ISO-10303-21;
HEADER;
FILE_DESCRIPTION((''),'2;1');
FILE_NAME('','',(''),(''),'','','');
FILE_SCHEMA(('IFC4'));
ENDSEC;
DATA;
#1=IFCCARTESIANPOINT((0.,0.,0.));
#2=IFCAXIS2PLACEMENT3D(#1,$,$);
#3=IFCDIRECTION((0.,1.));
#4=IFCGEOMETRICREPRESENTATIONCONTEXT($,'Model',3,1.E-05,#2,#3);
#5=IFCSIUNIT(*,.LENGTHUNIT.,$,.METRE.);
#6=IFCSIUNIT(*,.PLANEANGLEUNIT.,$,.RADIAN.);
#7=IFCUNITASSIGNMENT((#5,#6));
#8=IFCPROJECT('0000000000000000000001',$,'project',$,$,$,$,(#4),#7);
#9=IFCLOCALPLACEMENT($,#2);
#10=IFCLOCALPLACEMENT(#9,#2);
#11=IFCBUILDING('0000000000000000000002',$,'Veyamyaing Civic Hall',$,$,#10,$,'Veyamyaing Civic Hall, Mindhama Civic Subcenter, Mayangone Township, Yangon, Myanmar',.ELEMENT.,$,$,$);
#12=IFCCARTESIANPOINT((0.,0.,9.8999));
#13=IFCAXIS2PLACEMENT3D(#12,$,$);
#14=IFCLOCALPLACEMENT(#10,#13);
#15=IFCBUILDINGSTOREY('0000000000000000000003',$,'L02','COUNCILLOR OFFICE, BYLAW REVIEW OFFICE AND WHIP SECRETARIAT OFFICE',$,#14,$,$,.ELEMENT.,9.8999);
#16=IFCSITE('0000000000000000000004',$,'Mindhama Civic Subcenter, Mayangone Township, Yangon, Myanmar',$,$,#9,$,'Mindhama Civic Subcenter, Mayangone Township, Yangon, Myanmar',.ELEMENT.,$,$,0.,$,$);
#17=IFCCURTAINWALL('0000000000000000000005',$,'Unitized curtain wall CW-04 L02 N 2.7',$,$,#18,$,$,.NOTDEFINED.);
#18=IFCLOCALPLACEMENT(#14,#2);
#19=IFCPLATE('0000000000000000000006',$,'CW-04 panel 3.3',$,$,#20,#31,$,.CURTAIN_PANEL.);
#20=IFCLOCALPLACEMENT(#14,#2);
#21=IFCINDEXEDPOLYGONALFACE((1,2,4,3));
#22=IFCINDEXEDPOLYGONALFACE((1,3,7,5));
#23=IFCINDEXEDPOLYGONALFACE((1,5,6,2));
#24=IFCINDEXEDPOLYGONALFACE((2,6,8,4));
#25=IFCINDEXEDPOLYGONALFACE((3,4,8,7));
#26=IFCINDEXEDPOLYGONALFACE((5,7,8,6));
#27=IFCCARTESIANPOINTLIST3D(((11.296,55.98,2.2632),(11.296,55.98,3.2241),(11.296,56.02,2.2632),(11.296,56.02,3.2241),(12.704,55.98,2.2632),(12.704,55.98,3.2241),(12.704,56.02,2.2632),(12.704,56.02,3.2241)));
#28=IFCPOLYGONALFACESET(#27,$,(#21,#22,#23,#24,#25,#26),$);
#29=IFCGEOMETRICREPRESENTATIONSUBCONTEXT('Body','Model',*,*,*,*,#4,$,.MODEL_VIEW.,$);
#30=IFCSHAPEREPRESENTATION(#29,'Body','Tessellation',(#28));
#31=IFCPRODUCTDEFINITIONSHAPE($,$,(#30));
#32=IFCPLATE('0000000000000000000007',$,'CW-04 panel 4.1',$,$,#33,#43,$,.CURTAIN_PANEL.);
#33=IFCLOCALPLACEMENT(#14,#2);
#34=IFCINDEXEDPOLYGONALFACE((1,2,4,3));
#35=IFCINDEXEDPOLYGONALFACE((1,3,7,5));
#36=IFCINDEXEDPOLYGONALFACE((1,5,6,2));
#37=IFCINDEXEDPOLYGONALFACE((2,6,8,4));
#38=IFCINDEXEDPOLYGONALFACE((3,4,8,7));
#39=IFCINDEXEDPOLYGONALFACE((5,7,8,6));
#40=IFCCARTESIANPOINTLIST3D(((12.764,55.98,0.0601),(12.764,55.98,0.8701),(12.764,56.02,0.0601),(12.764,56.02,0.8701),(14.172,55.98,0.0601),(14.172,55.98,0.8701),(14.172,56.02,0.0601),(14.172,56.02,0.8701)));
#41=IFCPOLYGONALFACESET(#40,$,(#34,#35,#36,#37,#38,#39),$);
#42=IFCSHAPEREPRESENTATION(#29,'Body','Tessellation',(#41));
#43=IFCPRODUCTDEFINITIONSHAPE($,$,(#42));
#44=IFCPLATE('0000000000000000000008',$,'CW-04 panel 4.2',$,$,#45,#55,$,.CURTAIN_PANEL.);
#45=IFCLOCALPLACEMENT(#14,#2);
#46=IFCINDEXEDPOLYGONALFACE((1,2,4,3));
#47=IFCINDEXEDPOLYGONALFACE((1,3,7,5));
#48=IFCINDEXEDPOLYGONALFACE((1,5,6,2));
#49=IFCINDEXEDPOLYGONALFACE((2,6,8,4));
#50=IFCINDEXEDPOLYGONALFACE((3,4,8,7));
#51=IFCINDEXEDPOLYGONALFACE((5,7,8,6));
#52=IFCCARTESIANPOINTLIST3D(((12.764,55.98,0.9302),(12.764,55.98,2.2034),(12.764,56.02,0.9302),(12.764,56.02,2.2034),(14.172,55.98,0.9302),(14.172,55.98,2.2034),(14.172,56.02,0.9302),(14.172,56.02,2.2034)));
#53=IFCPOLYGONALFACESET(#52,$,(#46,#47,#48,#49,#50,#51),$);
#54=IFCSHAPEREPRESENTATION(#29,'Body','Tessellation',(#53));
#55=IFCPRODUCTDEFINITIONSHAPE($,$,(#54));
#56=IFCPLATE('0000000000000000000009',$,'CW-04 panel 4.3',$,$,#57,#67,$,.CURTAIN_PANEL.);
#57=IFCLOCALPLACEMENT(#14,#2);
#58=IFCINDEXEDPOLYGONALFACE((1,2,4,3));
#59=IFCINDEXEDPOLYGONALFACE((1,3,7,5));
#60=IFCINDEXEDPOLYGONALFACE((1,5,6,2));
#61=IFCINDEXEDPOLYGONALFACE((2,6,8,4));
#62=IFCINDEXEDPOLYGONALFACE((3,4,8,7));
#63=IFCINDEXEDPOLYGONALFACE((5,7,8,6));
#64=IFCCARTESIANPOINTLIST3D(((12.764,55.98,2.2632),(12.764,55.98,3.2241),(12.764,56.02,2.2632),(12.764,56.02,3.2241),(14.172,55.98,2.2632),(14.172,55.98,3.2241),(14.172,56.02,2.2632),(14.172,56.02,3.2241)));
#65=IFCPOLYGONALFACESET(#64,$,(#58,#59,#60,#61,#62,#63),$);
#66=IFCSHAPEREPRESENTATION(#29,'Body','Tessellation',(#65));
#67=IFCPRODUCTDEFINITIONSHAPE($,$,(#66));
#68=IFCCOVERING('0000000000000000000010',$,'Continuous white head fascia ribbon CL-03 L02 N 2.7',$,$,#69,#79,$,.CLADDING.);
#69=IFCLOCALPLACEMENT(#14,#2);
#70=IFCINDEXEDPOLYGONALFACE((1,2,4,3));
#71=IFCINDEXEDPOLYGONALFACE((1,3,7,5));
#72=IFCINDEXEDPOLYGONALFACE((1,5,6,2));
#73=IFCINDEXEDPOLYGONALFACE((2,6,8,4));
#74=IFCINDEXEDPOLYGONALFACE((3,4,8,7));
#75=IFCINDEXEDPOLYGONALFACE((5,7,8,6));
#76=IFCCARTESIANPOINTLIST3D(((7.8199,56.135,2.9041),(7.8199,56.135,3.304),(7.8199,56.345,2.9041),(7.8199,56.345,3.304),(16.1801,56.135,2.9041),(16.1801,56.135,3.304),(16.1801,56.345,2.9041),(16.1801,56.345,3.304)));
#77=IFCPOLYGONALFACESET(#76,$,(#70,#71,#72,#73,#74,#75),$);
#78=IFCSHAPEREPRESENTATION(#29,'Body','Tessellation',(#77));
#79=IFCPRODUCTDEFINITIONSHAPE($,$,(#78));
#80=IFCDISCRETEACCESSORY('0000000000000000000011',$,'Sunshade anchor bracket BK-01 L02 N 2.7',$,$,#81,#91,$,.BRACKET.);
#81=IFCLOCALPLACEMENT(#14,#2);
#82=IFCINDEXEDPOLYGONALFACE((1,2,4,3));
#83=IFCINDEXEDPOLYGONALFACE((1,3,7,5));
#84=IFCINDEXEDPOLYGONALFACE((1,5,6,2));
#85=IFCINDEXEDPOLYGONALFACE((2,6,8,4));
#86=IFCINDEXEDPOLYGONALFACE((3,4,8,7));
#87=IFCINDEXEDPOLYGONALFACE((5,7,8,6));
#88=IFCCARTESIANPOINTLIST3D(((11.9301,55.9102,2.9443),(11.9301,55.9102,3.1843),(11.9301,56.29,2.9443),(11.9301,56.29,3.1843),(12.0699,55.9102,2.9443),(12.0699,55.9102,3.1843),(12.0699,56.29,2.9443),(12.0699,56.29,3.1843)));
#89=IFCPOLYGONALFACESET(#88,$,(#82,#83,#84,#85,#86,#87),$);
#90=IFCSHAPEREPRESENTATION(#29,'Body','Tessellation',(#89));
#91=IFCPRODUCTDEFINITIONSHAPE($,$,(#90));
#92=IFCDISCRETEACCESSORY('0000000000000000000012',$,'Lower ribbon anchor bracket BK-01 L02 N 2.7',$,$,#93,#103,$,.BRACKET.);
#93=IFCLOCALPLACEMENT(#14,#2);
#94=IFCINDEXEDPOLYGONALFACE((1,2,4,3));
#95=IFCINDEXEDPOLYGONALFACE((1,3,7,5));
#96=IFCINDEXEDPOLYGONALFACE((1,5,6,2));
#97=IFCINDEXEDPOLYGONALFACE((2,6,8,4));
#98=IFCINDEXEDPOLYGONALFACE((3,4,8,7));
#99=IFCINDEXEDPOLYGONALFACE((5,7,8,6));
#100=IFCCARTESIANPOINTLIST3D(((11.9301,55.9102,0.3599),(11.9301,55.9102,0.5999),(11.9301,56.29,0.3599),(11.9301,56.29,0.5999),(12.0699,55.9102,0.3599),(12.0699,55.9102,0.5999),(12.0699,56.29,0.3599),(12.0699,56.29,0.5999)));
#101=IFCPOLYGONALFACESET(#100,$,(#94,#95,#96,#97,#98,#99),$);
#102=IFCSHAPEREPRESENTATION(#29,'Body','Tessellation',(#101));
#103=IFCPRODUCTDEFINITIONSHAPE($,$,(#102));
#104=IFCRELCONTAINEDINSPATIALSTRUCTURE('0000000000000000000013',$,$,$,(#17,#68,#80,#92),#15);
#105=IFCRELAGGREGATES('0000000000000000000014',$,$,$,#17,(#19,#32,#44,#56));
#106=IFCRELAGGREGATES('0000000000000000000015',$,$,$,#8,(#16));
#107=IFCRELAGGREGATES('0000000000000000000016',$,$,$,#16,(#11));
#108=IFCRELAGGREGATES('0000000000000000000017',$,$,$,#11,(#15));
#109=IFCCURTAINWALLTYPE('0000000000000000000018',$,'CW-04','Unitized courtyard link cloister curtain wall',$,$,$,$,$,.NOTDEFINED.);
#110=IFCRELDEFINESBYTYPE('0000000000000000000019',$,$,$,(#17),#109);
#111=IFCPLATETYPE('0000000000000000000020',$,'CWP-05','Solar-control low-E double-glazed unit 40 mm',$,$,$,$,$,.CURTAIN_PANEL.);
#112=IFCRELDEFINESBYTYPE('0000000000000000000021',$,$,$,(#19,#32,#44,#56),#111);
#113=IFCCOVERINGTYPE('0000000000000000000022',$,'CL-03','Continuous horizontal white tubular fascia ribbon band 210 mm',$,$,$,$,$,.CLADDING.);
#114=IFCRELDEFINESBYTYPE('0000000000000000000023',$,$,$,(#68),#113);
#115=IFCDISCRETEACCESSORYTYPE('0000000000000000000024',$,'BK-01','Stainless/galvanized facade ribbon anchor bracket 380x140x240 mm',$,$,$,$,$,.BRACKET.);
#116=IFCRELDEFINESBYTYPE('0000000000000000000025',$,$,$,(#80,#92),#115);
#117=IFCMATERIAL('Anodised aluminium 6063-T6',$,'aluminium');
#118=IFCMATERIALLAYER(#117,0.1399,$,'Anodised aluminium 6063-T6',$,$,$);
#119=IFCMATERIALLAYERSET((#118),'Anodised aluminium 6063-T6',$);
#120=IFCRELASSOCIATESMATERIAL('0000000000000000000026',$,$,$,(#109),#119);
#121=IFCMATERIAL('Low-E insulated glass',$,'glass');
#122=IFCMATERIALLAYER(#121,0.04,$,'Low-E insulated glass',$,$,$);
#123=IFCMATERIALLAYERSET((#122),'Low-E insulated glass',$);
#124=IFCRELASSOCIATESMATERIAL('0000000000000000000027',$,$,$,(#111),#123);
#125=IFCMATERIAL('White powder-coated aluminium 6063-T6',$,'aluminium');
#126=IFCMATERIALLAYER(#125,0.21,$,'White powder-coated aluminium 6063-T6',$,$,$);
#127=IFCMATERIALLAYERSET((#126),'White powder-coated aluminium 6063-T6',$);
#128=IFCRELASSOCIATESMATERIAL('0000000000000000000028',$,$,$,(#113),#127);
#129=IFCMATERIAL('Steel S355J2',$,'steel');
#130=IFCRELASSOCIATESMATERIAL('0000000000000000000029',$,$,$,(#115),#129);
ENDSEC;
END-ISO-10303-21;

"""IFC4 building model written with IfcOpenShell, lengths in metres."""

from ifc_helpers import new_model, si_unit, direction, frame, origin, origin_2d, place, context, subcontext, project, spatial, rectangle, extrude, material, layer, layer_set, type_object, element, aggregate, save


model = new_model("IFC4")

# Units and contexts
model_context = context("Model", 3, precision=1e-05, world=origin(), true_north=direction((0.0, 1.0)))
body_context = subcontext(model_context, "Body", "Model", "MODEL_VIEW")
ifc_project = project(units=[si_unit("LENGTHUNIT", "METRE"), si_unit("PLANEANGLEUNIT", "RADIAN")], contexts=[model_context])

# Site, building, storey
site_placement = place(None, origin())
site = spatial("IfcSite", under=ifc_project, at=site_placement, Name="Mindhama Civic Subcenter, Mayangone Township, Yangon, Myanmar", LongName="Mindhama Civic Subcenter, Mayangone Township, Yangon, Myanmar", CompositionType="ELEMENT", RefElevation=0.0)
building_placement = place(site_placement, origin())
building = spatial("IfcBuilding", under=site, at=building_placement, Name="Veyamyaing Civic Hall", LongName="Veyamyaing Civic Hall, Mindhama Civic Subcenter, Mayangone Township, Yangon, Myanmar", CompositionType="ELEMENT")
storey_placement = place(building_placement, frame((0.0, 0.0, 9.8999)))
storey = spatial("IfcBuildingStorey", under=building, at=storey_placement, Name="L02", Description="COUNCILLOR OFFICE, BYLAW REVIEW OFFICE AND WHIP SECRETARIAT OFFICE", CompositionType="ELEMENT", Elevation=9.8999)

# Curtain wall, plates
ifc_material_1 = material(Name="Anodised aluminium 6063-T6", Category="aluminium")
ifc_layer_1 = layer(ifc_material_1, 0.1399, Name="Anodised aluminium 6063-T6")
ifc_layer_set_1 = layer_set([ifc_layer_1], Name="Anodised aluminium 6063-T6")
curtain_wall_type = type_object("IfcCurtainWallType", Name="CW-04", Description="Unitized courtyard link cloister curtain wall", PredefinedType="NOTDEFINED", material=ifc_layer_set_1)
curtain_wall_placement = place(storey_placement, origin())
curtain_wall = element("IfcCurtainWall", 1, at=curtain_wall_placement, inside=storey, type_object=curtain_wall_type, Name="Unitized curtain wall CW-04 L02 N 2.7", PredefinedType="NOTDEFINED")
ifc_material_2 = material(Name="Low-E insulated glass", Category="glass")
ifc_layer_2 = layer(ifc_material_2, 0.04, Name="Low-E insulated glass")
ifc_layer_set_2 = layer_set([ifc_layer_2], Name="Low-E insulated glass")
plate_type = type_object("IfcPlateType", Name="CWP-05", Description="Solar-control low-E double-glazed unit 40 mm", PredefinedType="CURTAIN_PANEL", material=ifc_layer_set_2)
plate_1_placement = place(storey_placement, frame((12.0, 56.0, 2.2632), z_axis=(0.0, 0.0, 1.0), x_axis=(1.0, 0.0, 0.0)))
plate_1 = element("IfcPlate", 2, at=plate_1_placement, type_object=plate_type, Name="CW-04 panel 3.3", PredefinedType="CURTAIN_PANEL", context=body_context, shape_type="SweptSolid", body=[
    extrude(rectangle(XDim=1.408, YDim=0.04, at=origin_2d()), origin(), (0.0, 0.0, 1.0), 0.9609),
])
plate_2_placement = place(storey_placement, frame((13.468, 56.0, 0.0601), z_axis=(0.0, 0.0, 1.0), x_axis=(1.0, 0.0, 0.0)))
plate_2 = element("IfcPlate", 3, at=plate_2_placement, type_object=plate_type, Name="CW-04 panel 4.1", PredefinedType="CURTAIN_PANEL", context=body_context, shape_type="SweptSolid", body=[
    extrude(rectangle(XDim=1.408, YDim=0.04, at=origin_2d()), origin(), (0.0, 0.0, 1.0), 0.8101),
])
plate_3_placement = place(storey_placement, frame((13.468, 56.0, 0.9302), z_axis=(0.0, 0.0, 1.0), x_axis=(1.0, 0.0, 0.0)))
plate_3 = element("IfcPlate", 4, at=plate_3_placement, type_object=plate_type, Name="CW-04 panel 4.2", PredefinedType="CURTAIN_PANEL", context=body_context, shape_type="SweptSolid", body=[
    extrude(rectangle(XDim=1.408, YDim=0.04, at=origin_2d()), origin(), (0.0, 0.0, 1.0), 1.2732),
])
plate_4_placement = place(storey_placement, frame((13.468, 56.0, 2.2632), z_axis=(0.0, 0.0, 1.0), x_axis=(1.0, 0.0, 0.0)))
plate_4 = element("IfcPlate", 5, at=plate_4_placement, type_object=plate_type, Name="CW-04 panel 4.3", PredefinedType="CURTAIN_PANEL", context=body_context, shape_type="SweptSolid", body=[
    extrude(rectangle(XDim=1.408, YDim=0.04, at=origin_2d()), origin(), (0.0, 0.0, 1.0), 0.9609),
])
aggregate(curtain_wall, [plate_1, plate_2, plate_3, plate_4])

# Covering
ifc_material_3 = material(Name="White powder-coated aluminium 6063-T6", Category="aluminium")
ifc_layer_3 = layer(ifc_material_3, 0.21, Name="White powder-coated aluminium 6063-T6")
ifc_layer_set_3 = layer_set([ifc_layer_3], Name="White powder-coated aluminium 6063-T6")
covering_type = type_object("IfcCoveringType", Name="CL-03", Description="Continuous horizontal white tubular fascia ribbon band 210 mm", PredefinedType="CLADDING", material=ifc_layer_set_3)
covering_placement = place(storey_placement, frame((12.0, 56.24, 2.9041), z_axis=(0.0, 0.0, 1.0), x_axis=(1.0, 0.0, 0.0)))
element("IfcCovering", 6, at=covering_placement, inside=storey, type_object=covering_type, Name="Continuous white head fascia ribbon CL-03 L02 N 2.7", PredefinedType="CLADDING", context=body_context, shape_type="SweptSolid", body=[
    extrude(rectangle(XDim=8.3601, YDim=0.21, at=origin_2d()), origin(), (0.0, 0.0, 1.0), 0.3999),
])

# Discrete accessories
ifc_material_4 = material(Name="Steel S355J2", Category="steel")
discrete_accessory_type = type_object("IfcDiscreteAccessoryType", Name="BK-01", Description="Stainless/galvanized facade ribbon anchor bracket 380x140x240 mm", PredefinedType="BRACKET", material=ifc_material_4)
for number, where, z_axis, x_axis, name in (
    (7, (12.0, 56.1001, 2.9443), (0.0, 0.0, 1.0), (0.0, 1.0, 0.0), "Sunshade anchor bracket BK-01 L02 N 2.7"),
    (8, (12.0, 56.1001, 0.3599), (0.0, 0.0, 1.0), (0.0, 1.0, 0.0), "Lower ribbon anchor bracket BK-01 L02 N 2.7"),
):
    element("IfcDiscreteAccessory", number, at=place(storey_placement, frame(where, z_axis=z_axis, x_axis=x_axis)), inside=storey, type_object=discrete_accessory_type, Name=name, PredefinedType="BRACKET", context=body_context, shape_type="SweptSolid", body=[
        extrude(rectangle(XDim=0.3799, YDim=0.1399, at=origin_2d()), origin(), (0.0, 0.0, 1.0), 0.24),
    ])

save(model, "model.ifc")
